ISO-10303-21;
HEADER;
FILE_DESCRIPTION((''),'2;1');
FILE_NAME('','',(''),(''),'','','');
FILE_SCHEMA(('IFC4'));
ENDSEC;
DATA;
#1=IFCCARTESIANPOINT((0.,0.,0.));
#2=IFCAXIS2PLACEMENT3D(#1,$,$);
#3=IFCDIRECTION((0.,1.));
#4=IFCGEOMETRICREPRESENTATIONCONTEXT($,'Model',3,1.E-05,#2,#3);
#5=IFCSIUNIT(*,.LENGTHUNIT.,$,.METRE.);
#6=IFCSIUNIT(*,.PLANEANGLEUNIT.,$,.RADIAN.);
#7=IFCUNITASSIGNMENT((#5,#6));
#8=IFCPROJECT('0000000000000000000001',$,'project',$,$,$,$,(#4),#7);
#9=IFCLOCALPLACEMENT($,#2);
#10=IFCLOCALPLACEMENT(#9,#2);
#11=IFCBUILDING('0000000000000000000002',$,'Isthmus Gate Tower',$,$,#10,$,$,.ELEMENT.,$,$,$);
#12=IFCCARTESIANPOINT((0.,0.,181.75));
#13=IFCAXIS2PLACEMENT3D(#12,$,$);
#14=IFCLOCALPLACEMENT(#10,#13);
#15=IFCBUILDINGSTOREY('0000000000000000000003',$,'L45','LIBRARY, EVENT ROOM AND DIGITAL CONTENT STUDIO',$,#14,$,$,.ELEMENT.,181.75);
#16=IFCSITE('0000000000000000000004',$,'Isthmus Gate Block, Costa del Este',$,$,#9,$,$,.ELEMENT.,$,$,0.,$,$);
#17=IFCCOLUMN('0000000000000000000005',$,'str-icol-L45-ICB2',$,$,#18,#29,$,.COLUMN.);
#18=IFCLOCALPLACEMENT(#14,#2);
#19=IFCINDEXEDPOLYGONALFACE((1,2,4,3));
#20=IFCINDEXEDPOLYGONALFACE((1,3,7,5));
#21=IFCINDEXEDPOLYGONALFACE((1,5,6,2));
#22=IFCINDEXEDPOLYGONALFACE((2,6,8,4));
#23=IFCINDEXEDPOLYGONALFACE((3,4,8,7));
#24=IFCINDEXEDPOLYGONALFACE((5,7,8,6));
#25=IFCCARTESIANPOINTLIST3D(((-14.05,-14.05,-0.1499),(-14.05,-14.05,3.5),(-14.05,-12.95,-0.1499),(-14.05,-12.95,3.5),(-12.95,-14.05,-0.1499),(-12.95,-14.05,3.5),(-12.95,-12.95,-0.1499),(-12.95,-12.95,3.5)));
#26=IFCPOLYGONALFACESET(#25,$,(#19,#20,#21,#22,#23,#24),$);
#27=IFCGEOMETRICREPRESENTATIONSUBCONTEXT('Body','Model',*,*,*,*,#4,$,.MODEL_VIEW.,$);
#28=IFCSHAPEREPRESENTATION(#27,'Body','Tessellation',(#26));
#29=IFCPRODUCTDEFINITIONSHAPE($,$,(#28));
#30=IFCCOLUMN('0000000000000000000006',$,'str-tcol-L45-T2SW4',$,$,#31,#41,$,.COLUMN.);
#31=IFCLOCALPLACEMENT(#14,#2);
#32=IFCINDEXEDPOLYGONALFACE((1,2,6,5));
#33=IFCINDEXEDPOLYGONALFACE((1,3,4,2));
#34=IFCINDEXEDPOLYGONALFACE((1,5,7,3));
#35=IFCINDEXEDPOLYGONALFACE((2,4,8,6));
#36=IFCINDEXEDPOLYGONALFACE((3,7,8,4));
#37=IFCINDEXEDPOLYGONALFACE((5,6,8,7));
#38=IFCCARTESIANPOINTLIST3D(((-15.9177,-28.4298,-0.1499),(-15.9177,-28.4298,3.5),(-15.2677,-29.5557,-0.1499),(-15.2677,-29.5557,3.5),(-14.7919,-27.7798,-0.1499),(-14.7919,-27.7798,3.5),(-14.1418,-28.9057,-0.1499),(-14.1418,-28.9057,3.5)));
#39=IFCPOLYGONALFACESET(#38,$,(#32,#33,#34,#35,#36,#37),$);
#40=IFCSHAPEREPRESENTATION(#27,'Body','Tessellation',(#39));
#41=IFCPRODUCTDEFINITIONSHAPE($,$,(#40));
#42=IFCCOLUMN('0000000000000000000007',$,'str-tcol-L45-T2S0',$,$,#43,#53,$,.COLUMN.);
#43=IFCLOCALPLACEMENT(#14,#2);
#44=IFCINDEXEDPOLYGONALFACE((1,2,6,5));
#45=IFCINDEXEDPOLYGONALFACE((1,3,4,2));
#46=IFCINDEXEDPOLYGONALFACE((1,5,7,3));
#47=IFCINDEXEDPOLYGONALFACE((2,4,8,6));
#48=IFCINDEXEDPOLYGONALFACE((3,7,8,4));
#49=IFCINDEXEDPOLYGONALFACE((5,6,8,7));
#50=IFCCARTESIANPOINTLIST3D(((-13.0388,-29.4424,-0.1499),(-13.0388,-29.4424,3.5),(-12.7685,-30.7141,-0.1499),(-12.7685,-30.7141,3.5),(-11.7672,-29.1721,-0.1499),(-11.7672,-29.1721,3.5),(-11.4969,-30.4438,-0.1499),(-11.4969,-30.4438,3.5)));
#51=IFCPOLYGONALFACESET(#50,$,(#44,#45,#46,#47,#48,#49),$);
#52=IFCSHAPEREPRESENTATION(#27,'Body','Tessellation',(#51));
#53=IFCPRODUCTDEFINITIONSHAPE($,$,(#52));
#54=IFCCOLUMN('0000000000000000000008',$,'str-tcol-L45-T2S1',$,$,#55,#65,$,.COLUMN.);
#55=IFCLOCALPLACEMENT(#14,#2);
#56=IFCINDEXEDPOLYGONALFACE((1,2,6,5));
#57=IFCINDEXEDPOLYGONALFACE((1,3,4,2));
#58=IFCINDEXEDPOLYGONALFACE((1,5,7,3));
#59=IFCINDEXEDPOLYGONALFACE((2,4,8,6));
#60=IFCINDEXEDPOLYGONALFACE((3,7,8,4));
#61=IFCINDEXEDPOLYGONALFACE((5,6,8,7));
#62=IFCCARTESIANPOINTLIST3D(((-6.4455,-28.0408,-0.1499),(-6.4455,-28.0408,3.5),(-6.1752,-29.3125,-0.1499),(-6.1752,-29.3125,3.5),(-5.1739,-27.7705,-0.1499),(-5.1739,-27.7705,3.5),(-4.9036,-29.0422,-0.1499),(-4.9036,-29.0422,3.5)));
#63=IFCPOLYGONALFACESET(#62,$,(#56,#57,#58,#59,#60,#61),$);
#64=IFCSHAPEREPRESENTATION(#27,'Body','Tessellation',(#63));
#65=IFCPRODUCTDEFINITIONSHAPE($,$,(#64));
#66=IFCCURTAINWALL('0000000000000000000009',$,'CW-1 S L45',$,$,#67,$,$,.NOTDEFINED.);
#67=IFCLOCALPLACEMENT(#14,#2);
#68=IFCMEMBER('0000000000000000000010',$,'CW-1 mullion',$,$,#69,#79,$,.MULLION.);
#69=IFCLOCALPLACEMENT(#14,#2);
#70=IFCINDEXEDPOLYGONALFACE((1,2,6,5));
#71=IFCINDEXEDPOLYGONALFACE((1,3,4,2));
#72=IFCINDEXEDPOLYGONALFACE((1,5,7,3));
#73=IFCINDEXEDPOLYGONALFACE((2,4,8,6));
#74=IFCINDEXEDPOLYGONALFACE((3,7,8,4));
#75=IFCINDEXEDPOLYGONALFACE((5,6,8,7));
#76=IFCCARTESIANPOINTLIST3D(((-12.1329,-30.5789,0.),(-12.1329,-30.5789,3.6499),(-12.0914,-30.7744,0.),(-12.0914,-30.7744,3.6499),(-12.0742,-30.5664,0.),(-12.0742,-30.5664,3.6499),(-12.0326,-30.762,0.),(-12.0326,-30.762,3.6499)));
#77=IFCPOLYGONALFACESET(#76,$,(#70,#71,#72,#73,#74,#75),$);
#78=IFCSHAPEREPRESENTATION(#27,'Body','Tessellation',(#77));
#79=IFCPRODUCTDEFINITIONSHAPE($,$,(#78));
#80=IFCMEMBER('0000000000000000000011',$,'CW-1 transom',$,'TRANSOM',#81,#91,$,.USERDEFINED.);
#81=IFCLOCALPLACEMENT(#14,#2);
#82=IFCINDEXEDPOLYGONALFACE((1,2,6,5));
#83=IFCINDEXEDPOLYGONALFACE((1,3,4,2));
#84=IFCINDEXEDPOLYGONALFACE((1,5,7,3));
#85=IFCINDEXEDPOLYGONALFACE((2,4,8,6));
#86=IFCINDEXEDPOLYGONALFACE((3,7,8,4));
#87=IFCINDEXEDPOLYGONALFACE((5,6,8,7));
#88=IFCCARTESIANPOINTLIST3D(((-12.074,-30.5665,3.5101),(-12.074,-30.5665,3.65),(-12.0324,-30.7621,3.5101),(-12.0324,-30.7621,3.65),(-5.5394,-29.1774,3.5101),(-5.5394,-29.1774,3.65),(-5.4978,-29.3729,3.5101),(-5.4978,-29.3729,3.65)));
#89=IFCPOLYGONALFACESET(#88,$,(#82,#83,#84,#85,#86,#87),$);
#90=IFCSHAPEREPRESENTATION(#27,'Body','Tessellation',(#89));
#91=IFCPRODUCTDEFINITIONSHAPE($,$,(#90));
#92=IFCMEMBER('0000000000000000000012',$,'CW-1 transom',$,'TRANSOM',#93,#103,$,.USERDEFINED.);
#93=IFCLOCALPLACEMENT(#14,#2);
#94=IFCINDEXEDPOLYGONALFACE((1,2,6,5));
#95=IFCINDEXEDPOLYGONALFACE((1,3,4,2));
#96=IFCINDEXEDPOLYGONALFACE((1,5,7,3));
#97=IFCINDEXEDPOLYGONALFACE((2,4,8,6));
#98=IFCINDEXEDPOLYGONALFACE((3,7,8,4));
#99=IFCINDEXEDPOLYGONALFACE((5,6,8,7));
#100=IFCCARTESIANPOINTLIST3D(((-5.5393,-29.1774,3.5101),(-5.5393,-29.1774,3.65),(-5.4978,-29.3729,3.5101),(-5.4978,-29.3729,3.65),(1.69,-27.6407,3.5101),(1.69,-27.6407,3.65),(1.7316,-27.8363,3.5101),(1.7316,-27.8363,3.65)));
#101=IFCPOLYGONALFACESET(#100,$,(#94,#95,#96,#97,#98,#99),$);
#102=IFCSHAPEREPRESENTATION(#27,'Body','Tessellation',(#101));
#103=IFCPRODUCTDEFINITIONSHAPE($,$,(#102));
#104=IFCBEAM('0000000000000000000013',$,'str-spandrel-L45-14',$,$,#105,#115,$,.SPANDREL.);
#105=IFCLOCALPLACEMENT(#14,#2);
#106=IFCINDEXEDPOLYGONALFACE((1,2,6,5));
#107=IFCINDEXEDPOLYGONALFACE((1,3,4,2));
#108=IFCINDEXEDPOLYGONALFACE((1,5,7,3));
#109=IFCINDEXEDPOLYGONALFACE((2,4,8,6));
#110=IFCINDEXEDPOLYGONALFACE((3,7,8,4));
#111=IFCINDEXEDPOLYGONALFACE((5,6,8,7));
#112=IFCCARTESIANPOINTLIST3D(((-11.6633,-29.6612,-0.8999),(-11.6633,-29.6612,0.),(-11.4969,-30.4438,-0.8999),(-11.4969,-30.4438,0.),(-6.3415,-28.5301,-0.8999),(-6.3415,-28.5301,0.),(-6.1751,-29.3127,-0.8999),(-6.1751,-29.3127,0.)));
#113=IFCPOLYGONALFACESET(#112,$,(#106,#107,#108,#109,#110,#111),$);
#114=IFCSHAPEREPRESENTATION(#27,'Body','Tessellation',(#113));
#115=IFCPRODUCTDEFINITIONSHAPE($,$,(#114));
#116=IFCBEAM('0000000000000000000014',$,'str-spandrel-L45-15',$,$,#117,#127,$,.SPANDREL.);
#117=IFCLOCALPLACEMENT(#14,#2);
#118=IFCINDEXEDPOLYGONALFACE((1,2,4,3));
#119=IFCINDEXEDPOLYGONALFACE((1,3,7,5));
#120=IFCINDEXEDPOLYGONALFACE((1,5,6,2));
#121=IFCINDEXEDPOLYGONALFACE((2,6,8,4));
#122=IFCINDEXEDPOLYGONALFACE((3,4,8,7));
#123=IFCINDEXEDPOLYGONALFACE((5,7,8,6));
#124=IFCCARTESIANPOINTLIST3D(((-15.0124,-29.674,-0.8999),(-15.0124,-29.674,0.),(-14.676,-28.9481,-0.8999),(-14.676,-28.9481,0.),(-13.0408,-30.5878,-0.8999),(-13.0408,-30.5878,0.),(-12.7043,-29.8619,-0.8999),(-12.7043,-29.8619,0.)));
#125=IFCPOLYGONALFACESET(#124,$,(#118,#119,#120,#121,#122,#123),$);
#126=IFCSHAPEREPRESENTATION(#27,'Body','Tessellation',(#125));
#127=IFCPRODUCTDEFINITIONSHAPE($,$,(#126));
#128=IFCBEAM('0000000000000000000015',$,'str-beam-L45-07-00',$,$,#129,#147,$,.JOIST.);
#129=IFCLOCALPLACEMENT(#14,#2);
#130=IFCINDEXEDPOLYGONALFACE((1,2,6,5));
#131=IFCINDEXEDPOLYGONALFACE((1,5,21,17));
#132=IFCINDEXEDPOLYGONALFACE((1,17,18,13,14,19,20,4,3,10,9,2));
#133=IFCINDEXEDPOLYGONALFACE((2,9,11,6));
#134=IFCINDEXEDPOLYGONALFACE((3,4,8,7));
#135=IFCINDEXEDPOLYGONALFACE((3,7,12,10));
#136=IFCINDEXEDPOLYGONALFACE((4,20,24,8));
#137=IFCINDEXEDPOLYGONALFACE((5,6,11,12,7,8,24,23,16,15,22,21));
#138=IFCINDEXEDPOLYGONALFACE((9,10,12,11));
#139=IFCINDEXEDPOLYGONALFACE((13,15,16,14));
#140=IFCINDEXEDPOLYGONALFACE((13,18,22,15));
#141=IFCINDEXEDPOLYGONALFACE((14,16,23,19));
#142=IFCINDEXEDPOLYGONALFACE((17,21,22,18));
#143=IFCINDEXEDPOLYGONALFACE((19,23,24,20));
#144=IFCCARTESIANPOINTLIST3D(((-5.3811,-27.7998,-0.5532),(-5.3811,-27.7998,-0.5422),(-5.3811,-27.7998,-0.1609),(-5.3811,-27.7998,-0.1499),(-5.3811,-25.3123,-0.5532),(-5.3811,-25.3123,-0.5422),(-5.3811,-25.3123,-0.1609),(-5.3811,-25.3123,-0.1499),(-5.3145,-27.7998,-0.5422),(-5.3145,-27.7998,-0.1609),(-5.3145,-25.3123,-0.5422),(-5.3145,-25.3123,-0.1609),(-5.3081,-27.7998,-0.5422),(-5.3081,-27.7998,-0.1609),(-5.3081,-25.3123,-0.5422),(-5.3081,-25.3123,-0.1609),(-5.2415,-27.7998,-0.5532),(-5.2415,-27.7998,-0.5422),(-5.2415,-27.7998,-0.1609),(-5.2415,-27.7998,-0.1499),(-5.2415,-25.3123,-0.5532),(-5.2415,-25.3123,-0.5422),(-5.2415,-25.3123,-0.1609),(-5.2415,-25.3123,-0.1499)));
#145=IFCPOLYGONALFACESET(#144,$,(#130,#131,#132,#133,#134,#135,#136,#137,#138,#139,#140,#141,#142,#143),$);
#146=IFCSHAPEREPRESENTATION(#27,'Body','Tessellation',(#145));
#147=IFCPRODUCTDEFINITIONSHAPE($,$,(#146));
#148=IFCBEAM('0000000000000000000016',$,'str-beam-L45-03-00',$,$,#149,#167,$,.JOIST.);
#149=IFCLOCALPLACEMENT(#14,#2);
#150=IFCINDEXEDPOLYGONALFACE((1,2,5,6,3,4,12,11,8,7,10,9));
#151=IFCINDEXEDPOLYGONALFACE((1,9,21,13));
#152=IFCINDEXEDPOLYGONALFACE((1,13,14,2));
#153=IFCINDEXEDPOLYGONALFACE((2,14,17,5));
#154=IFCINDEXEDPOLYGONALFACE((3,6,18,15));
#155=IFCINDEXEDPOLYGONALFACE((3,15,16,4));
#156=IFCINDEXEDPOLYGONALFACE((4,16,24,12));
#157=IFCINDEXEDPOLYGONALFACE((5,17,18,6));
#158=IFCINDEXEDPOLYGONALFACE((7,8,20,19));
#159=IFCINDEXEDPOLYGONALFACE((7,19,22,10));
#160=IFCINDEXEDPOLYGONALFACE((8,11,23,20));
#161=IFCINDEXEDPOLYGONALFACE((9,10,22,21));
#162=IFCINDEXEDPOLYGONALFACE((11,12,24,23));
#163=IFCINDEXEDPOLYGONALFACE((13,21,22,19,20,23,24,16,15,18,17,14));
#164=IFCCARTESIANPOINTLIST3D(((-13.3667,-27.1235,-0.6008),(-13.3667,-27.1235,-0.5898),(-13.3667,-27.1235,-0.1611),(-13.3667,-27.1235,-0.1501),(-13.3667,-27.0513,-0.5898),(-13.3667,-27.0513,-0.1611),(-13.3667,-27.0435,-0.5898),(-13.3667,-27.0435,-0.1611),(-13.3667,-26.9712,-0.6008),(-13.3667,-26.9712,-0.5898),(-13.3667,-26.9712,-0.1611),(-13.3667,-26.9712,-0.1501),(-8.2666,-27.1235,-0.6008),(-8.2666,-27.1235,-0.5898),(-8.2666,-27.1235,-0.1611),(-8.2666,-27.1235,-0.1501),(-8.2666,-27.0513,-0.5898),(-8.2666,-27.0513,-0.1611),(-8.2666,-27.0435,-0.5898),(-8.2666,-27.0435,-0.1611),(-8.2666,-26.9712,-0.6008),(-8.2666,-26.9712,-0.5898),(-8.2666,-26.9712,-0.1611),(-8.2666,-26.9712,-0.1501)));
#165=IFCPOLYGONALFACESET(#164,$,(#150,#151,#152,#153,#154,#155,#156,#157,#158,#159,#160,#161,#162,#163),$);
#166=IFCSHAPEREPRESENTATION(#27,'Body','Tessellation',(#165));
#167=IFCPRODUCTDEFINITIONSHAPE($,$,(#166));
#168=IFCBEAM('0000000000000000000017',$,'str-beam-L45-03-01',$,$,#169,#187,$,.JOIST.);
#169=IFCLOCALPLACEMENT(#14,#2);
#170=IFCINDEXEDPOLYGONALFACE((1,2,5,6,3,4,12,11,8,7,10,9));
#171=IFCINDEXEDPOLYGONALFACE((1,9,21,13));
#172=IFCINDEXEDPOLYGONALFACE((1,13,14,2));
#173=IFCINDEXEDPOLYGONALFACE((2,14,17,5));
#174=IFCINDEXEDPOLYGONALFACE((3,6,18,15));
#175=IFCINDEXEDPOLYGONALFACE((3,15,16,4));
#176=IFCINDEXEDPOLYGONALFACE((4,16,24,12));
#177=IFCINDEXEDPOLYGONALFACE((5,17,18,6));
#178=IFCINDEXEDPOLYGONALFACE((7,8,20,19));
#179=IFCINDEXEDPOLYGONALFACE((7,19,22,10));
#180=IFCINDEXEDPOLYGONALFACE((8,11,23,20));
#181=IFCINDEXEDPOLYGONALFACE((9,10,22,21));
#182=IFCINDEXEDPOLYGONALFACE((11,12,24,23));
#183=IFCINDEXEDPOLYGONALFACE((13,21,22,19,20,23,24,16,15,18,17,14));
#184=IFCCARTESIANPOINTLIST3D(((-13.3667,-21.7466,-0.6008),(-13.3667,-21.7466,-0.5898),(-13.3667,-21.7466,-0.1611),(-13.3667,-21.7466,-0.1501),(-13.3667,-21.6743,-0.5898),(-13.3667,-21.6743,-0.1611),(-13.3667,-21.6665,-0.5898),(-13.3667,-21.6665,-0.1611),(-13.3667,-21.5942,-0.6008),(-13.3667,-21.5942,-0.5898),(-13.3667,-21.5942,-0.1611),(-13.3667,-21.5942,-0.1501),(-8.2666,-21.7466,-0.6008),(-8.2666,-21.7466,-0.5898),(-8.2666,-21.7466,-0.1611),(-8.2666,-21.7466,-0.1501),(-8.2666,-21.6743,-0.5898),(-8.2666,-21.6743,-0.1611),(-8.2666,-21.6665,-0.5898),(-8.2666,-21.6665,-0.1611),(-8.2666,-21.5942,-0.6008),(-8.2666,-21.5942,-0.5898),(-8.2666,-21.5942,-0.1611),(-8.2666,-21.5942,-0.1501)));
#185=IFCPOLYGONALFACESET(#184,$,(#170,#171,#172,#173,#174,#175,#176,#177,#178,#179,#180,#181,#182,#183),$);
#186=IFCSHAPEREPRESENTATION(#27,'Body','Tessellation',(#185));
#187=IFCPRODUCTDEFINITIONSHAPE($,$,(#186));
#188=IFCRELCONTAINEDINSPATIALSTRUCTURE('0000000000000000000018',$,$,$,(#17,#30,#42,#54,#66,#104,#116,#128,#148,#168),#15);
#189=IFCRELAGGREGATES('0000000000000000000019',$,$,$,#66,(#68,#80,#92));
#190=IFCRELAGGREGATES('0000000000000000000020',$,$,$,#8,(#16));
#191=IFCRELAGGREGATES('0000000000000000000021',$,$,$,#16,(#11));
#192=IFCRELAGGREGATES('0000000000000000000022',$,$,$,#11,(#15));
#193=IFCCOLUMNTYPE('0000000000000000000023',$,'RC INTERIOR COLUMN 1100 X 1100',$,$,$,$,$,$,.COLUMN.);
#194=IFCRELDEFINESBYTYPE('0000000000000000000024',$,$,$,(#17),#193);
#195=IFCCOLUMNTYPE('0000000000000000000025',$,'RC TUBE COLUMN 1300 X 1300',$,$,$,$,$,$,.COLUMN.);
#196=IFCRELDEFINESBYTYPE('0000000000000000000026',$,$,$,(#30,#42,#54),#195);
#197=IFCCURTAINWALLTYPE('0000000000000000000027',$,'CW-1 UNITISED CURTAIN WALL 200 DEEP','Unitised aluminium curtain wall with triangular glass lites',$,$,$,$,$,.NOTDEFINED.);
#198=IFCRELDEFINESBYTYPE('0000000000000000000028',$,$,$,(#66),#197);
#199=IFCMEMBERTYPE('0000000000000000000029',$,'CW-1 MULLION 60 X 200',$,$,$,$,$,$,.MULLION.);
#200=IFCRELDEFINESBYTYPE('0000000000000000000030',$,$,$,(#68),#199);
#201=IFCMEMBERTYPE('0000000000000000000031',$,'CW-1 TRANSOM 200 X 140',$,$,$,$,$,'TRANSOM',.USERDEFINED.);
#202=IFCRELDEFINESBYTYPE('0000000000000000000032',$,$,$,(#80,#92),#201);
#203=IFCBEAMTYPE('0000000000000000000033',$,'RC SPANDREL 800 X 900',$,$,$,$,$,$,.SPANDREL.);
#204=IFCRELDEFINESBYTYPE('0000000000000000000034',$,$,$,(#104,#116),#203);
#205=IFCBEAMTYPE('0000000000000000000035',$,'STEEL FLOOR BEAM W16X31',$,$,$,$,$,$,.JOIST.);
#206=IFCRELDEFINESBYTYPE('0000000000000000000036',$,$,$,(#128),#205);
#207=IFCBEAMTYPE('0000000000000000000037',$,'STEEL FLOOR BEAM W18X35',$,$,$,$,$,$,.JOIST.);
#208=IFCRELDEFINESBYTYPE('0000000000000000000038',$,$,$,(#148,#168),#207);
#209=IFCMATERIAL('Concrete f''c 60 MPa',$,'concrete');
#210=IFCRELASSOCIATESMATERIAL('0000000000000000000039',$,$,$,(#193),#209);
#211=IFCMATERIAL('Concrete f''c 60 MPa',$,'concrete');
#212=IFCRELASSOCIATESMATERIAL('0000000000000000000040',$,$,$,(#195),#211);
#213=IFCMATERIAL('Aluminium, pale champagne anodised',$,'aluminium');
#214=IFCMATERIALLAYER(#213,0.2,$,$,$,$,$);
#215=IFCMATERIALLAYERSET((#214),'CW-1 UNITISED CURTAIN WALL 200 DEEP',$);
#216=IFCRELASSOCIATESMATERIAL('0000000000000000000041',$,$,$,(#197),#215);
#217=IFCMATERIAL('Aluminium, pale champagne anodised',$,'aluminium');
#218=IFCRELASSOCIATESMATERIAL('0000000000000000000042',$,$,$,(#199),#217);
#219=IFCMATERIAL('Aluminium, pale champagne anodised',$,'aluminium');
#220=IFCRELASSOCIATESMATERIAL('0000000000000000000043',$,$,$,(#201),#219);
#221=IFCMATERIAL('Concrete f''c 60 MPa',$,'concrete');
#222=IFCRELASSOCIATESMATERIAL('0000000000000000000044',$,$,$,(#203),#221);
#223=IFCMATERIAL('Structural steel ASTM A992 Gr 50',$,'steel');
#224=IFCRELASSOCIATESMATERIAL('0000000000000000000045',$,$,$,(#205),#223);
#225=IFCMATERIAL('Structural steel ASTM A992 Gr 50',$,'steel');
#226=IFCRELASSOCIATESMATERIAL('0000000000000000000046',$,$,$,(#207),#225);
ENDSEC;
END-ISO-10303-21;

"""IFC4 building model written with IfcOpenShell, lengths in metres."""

from ifc_helpers import new_model, si_unit, direction, frame, origin, origin_2d, place, context, subcontext, project, spatial, rectangle, i_section, extrude, material, layer, layer_set, material_profile, profile_set, type_object, element, aggregate, save


model = new_model("IFC4")

# Units and contexts
model_context = context("Model", 3, precision=1e-05, world=origin(), true_north=direction((0.0, 1.0)))
body_context = subcontext(model_context, "Body", "Model", "MODEL_VIEW")
ifc_project = project(units=[si_unit("LENGTHUNIT", "METRE"), si_unit("PLANEANGLEUNIT", "RADIAN")], contexts=[model_context])

# Site, building, storey
site_placement = place(None, origin())
site = spatial("IfcSite", under=ifc_project, at=site_placement, Name="Isthmus Gate Block, Costa del Este", CompositionType="ELEMENT", RefElevation=0.0)
building_placement = place(site_placement, origin())
building = spatial("IfcBuilding", under=site, at=building_placement, Name="Isthmus Gate Tower", CompositionType="ELEMENT")
storey_placement = place(building_placement, frame((0.0, 0.0, 181.75)))
storey = spatial("IfcBuildingStorey", under=building, at=storey_placement, Name="L45", Description="LIBRARY, EVENT ROOM AND DIGITAL CONTENT STUDIO", CompositionType="ELEMENT", Elevation=181.75)

# Columns
ifc_material_1 = material(Name="Concrete f'c 60 MPa", Category="concrete")
ifc_material_profile_1 = material_profile(ifc_material_1, rectangle(XDim=1.1001, YDim=1.1001, at=origin_2d()), Name="RC 1100X1100")
ifc_profile_set_1 = profile_set([ifc_material_profile_1], Name="Concrete f'c 60 MPa")
column_type_1 = type_object("IfcColumnType", Name="RC INTERIOR COLUMN 1100 X 1100", PredefinedType="COLUMN", material=ifc_profile_set_1)
column_placement = place(storey_placement, frame((-13.5, -13.5, -0.1499), z_axis=(0.0, 0.0, 1.0), x_axis=(1.0, 0.0, 0.0)))
element("IfcColumn", 1, at=column_placement, inside=storey, type_object=column_type_1, Name="str-icol-L45-ICB2", PredefinedType="COLUMN", context=body_context, shape_type="SweptSolid", body=[
    extrude(rectangle(XDim=1.1001, YDim=1.1001, at=origin_2d()), origin(), (0.0, 0.0, 1.0), 3.6499),
])
ifc_material_2 = material(Name="Concrete f'c 60 MPa", Category="concrete")
ifc_material_profile_2 = material_profile(ifc_material_2, rectangle(XDim=1.3, YDim=1.3, at=origin_2d()), Name="RC 1300X1300")
ifc_profile_set_2 = profile_set([ifc_material_profile_2], Name="Concrete f'c 60 MPa")
column_type_2 = type_object("IfcColumnType", Name="RC TUBE COLUMN 1300 X 1300", PredefinedType="COLUMN", material=ifc_profile_set_2)
for number, where, z_axis, x_axis, name in (
    (2, (-15.0298, -28.6677, -0.1499), (0.0, 0.0, 1.0), (0.5, -0.866025, 0.0), "str-tcol-L45-T2SW4"),
    (3, (-12.2678, -29.9431, -0.1499), (0.0, 0.0, 1.0), (0.978148, 0.207912, 0.0), "str-tcol-L45-T2S0"),
    (4, (-5.6746, -28.5415, -0.1499), (0.0, 0.0, 1.0), (0.978148, 0.207912, 0.0), "str-tcol-L45-T2S1"),
):
    element("IfcColumn", number, at=place(storey_placement, frame(where, z_axis=z_axis, x_axis=x_axis)), inside=storey, type_object=column_type_2, Name=name, PredefinedType="COLUMN", context=body_context, shape_type="SweptSolid", body=[
        extrude(rectangle(XDim=1.3, YDim=1.3, at=origin_2d()), origin(), (0.0, 0.0, 1.0), 3.6499),
    ])

# Curtain wall, members
ifc_material_3 = material(Name="Aluminium, pale champagne anodised", Category="aluminium")
ifc_layer_1 = layer(ifc_material_3, 0.2)
ifc_layer_set_1 = layer_set([ifc_layer_1], Name="CW-1 UNITISED CURTAIN WALL 200 DEEP")
curtain_wall_type = type_object("IfcCurtainWallType", Name="CW-1 UNITISED CURTAIN WALL 200 DEEP", Description="Unitised aluminium curtain wall with triangular glass lites", PredefinedType="NOTDEFINED", material=ifc_layer_set_1)
curtain_wall_1_placement = place(storey_placement, origin())
curtain_wall_1 = element("IfcCurtainWall", 5, at=curtain_wall_1_placement, inside=storey, type_object=curtain_wall_type, Name="CW-1 S L45", PredefinedType="NOTDEFINED")
ifc_material_4 = material(Name="Aluminium, pale champagne anodised", Category="aluminium")
ifc_material_profile_3 = material_profile(ifc_material_4, rectangle(XDim=0.0601, YDim=0.2, at=origin_2d()), Name="60x200")
ifc_profile_set_3 = profile_set([ifc_material_profile_3], Name="Aluminium, pale champagne anodised")
member_type_1 = type_object("IfcMemberType", Name="CW-1 MULLION 60 X 200", PredefinedType="MULLION", material=ifc_profile_set_3)
member_1_placement = place(storey_placement, frame((-12.0828, -30.6704, 0.0), z_axis=(0.0, 0.0, 1.0), x_axis=(0.978148, 0.207912, 0.0)))
member_1 = element("IfcMember", 6, at=member_1_placement, type_object=member_type_1, Name="CW-1 mullion", PredefinedType="MULLION", context=body_context, shape_type="SweptSolid", body=[
    extrude(rectangle(XDim=0.0601, YDim=0.2, at=origin_2d()), origin(), (0.0, 0.0, 1.0), 3.6499),
])
ifc_material_5 = material(Name="Aluminium, pale champagne anodised", Category="aluminium")
ifc_material_profile_4 = material_profile(ifc_material_5, rectangle(XDim=0.2, YDim=0.1399, at=origin_2d()), Name="200x140")
ifc_profile_set_4 = profile_set([ifc_material_profile_4], Name="Aluminium, pale champagne anodised")
member_type_2 = type_object("IfcMemberType", Name="CW-1 TRANSOM 200 X 140", ElementType="TRANSOM", PredefinedType="USERDEFINED", material=ifc_profile_set_4)
member_2_placement = place(storey_placement, frame((-12.0532, -30.6643, 3.5801), z_axis=(0.978142, 0.207937, 0.0), x_axis=(-0.207937, 0.978142, 0.0)))
member_2 = element("IfcMember", 7, at=member_2_placement, type_object=member_type_2, Name="CW-1 transom", ObjectType="TRANSOM", PredefinedType="USERDEFINED", context=body_context, shape_type="SweptSolid", body=[
    extrude(rectangle(XDim=0.2, YDim=0.1399, at=origin_2d()), origin(), (0.0, 0.0, 1.0), 6.6807),
])
member_3_placement = place(storey_placement, frame((-5.5186, -29.2751, 3.5801), z_axis=(0.978148, 0.207911, 0.0), x_axis=(-0.207911, 0.978148, 0.0)))
member_3 = element("IfcMember", 8, at=member_3_placement, type_object=member_type_2, Name="CW-1 transom", ObjectType="TRANSOM", PredefinedType="USERDEFINED", context=body_context, shape_type="SweptSolid", body=[
    extrude(rectangle(XDim=0.2, YDim=0.1399, at=origin_2d()), origin(), (0.0, 0.0, 1.0), 7.3909),
])

# Beams
ifc_material_6 = material(Name="Concrete f'c 60 MPa", Category="concrete")
ifc_material_profile_5 = material_profile(ifc_material_6, rectangle(XDim=0.8, YDim=0.8999, at=origin_2d()), Name="RC 800X900")
ifc_profile_set_5 = profile_set([ifc_material_profile_5], Name="Concrete f'c 60 MPa")
beam_type_1 = type_object("IfcBeamType", Name="RC SPANDREL 800 X 900", PredefinedType="SPANDREL", material=ifc_profile_set_5)
beam_1_placement = place(storey_placement, frame((-6.2583, -28.9214, -0.45), z_axis=(-0.97815, -0.207898, 0.0), x_axis=(0.207898, -0.97815, 0.0)))
element("IfcBeam", 9, at=beam_1_placement, inside=storey, type_object=beam_type_1, Name="str-spandrel-L45-14", PredefinedType="SPANDREL", context=body_context, shape_type="SweptSolid", body=[
    extrude(rectangle(XDim=0.8, YDim=0.8999, at=origin_2d()), origin(), (0.0, 0.0, 1.0), 5.4407),
])
beam_2_placement = place(storey_placement, frame((-12.8726, -30.2249, -0.45), z_axis=(-0.907291, 0.420504, 0.0), x_axis=(-0.420504, -0.907291, 0.0)))
element("IfcBeam", 10, at=beam_2_placement, inside=storey, type_object=beam_type_1, Name="str-spandrel-L45-15", PredefinedType="SPANDREL", context=body_context, shape_type="SweptSolid", body=[
    extrude(rectangle(XDim=0.8, YDim=0.8999, at=origin_2d()), origin(), (0.0, 0.0, 1.0), 2.1731),
])
ifc_material_7 = material(Name="Structural steel ASTM A992 Gr 50", Category="steel")
ifc_material_profile_6 = material_profile(ifc_material_7, i_section(OverallWidth=0.1396, OverallDepth=0.4033, WebThickness=0.0063, FlangeThickness=0.011, at=origin_2d()), Name="W16X31")
ifc_profile_set_6 = profile_set([ifc_material_profile_6], Name="Structural steel ASTM A992 Gr 50")
beam_type_2 = type_object("IfcBeamType", Name="STEEL FLOOR BEAM W16X31", PredefinedType="JOIST", material=ifc_profile_set_6)
beam_3_placement = place(storey_placement, frame((-5.3113, -27.7998, -0.3516), z_axis=(0.0, 1.0, 0.0), x_axis=(-1.0, 0.0, 0.0)))
element("IfcBeam", 11, at=beam_3_placement, inside=storey, type_object=beam_type_2, Name="str-beam-L45-07-00", PredefinedType="JOIST", context=body_context, shape_type="SweptSolid", body=[
    extrude(i_section(OverallWidth=0.1396, OverallDepth=0.4033, WebThickness=0.0063, FlangeThickness=0.011, at=origin_2d()), origin(), (0.0, 0.0, 1.0), 2.4875),
])
ifc_material_8 = material(Name="Structural steel ASTM A992 Gr 50", Category="steel")
ifc_material_profile_7 = material_profile(ifc_material_8, i_section(OverallWidth=0.1523, OverallDepth=0.4507, WebThickness=0.0078, FlangeThickness=0.011, at=origin_2d()), Name="W18X35")
ifc_profile_set_7 = profile_set([ifc_material_profile_7], Name="Structural steel ASTM A992 Gr 50")
beam_type_3 = type_object("IfcBeamType", Name="STEEL FLOOR BEAM W18X35", PredefinedType="JOIST", material=ifc_profile_set_7)
for number, where, z_axis, x_axis, name in (
    (12, (-13.3667, -27.0474, -0.3755), (1.0, 0.0, 0.0), (0.0, 1.0, 0.0), "str-beam-L45-03-00"),
    (13, (-13.3667, -21.6704, -0.3755), (1.0, 0.0, 0.0), (0.0, 1.0, 0.0), "str-beam-L45-03-01"),
):
    element("IfcBeam", number, at=place(storey_placement, frame(where, z_axis=z_axis, x_axis=x_axis)), inside=storey, type_object=beam_type_3, Name=name, PredefinedType="JOIST", context=body_context, shape_type="SweptSolid", body=[
        extrude(i_section(OverallWidth=0.1523, OverallDepth=0.4507, WebThickness=0.0078, FlangeThickness=0.011, at=origin_2d()), origin(), (0.0, 0.0, 1.0), 5.1001),
    ])

aggregate(curtain_wall_1, [member_1, member_2, member_3])

save(model, "model.ifc")
